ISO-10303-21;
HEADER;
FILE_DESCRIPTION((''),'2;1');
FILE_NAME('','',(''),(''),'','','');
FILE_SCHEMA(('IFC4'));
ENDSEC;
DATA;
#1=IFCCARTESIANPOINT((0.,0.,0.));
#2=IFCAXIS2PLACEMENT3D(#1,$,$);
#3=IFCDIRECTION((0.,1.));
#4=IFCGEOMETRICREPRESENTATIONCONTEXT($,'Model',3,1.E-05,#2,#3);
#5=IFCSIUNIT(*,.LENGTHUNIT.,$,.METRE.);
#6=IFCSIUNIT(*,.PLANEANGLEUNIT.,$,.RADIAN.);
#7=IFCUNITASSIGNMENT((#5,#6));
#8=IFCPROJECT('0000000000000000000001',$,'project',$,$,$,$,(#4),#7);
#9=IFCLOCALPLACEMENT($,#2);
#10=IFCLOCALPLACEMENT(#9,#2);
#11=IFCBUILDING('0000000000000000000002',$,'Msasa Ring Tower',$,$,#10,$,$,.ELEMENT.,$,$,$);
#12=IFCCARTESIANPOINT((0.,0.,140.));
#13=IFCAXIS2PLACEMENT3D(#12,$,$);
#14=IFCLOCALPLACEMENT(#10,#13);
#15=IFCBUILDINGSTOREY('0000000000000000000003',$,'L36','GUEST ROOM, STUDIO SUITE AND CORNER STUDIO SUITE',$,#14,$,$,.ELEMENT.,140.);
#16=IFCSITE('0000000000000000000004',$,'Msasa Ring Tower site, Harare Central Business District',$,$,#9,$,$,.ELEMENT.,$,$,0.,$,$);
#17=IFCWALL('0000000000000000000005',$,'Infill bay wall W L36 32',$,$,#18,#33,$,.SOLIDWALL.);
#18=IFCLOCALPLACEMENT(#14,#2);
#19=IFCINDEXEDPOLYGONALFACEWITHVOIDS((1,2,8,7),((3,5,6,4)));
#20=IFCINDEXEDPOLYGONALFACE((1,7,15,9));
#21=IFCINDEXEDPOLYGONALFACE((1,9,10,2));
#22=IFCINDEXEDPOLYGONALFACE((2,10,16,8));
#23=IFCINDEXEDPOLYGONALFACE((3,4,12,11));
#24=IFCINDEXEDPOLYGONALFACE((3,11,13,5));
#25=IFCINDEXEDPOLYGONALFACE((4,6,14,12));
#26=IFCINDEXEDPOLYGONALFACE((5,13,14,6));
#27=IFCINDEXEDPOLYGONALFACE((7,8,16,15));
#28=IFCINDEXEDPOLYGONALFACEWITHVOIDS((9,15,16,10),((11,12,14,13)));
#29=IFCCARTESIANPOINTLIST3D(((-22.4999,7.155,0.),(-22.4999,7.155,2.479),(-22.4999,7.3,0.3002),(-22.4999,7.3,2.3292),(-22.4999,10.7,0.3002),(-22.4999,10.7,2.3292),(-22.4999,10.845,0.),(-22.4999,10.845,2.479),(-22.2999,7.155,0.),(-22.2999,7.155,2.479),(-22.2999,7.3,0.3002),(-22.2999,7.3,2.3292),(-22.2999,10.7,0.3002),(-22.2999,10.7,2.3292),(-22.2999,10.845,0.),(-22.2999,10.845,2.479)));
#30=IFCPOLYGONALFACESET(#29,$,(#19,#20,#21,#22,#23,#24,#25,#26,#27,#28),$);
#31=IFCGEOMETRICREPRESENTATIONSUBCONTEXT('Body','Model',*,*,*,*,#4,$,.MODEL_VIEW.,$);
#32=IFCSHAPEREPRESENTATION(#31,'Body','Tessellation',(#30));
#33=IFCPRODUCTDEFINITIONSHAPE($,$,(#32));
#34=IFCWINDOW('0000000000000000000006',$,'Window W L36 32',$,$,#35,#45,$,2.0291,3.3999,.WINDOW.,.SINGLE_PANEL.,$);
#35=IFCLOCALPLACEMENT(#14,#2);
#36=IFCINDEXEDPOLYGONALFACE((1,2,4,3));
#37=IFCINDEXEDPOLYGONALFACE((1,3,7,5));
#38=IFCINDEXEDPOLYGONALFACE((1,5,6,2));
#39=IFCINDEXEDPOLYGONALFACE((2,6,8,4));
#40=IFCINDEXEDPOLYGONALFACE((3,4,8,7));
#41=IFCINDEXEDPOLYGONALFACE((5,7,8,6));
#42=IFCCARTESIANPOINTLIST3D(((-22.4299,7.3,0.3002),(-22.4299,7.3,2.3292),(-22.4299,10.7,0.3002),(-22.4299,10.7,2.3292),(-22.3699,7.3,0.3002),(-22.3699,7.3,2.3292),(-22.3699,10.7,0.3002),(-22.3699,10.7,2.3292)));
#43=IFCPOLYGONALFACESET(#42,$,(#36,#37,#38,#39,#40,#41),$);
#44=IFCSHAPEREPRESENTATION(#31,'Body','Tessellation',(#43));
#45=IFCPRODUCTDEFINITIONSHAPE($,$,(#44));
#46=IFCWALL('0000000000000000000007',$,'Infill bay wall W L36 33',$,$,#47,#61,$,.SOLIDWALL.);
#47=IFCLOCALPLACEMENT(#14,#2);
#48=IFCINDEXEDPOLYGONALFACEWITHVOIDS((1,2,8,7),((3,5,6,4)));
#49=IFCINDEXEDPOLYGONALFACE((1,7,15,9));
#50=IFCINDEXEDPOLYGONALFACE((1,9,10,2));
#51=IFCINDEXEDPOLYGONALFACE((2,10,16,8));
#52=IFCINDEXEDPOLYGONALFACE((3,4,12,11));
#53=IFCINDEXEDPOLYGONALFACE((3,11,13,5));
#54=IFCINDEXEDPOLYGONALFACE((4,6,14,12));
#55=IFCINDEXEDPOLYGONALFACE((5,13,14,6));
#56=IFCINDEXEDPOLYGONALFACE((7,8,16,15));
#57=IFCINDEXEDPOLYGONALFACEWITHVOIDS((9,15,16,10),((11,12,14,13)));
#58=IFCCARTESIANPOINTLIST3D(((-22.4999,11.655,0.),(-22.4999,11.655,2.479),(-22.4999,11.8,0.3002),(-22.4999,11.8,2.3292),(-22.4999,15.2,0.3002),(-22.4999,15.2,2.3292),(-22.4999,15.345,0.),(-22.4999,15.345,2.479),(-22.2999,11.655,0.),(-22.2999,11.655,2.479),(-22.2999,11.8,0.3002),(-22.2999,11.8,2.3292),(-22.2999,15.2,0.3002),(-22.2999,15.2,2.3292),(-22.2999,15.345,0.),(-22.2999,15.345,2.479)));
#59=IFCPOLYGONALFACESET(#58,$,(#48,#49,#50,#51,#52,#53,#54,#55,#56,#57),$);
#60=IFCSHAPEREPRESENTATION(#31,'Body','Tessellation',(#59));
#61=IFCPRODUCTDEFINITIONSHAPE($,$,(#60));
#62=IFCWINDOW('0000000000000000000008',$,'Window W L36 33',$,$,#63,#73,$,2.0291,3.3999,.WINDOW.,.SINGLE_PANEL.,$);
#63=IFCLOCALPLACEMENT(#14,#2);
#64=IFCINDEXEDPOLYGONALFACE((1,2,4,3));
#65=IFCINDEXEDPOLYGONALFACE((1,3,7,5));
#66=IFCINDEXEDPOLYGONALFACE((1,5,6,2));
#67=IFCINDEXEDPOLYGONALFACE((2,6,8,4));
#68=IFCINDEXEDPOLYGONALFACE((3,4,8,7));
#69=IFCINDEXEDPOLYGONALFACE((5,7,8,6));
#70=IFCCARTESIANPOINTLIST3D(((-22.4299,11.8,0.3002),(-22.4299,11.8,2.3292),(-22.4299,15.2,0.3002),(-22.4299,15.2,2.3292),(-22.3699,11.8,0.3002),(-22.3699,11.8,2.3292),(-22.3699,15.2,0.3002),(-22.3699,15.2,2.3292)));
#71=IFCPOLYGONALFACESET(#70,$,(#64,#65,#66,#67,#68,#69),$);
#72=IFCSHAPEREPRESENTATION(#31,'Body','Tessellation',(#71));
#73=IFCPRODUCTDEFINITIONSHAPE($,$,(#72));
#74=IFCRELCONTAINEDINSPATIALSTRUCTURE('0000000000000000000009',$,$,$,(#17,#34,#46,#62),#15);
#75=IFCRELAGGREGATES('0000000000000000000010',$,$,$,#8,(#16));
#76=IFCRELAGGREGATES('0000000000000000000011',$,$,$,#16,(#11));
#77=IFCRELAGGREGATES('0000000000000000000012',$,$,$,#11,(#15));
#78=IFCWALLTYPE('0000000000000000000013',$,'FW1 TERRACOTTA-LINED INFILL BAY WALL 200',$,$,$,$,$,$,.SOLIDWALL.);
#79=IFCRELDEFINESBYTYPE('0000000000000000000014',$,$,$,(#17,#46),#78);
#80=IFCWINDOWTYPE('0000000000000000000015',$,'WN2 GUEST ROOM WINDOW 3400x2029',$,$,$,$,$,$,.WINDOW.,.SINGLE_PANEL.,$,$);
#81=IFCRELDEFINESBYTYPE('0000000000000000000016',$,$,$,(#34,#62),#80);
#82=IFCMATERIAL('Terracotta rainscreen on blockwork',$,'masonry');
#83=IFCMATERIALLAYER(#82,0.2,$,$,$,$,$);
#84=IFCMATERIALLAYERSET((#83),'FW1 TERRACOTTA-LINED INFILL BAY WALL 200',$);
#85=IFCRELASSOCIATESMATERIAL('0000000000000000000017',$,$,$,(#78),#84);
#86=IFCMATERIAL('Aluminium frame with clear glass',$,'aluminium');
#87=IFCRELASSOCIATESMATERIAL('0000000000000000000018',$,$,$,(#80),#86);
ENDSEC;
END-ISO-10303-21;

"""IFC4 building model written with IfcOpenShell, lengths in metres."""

from ifc_helpers import new_model, si_unit, direction, frame, frame_2d, origin, place, context, subcontext, project, spatial, rectangle, extrude, material, layer, layer_set, type_object, element, fill, save


model = new_model("IFC4")

# Units and contexts
model_context = context("Model", 3, precision=1e-05, world=origin(), true_north=direction((0.0, 1.0)))
body_context = subcontext(model_context, "Body", "Model", "MODEL_VIEW")
ifc_project = project(units=[si_unit("LENGTHUNIT", "METRE"), si_unit("PLANEANGLEUNIT", "RADIAN")], contexts=[model_context])

# Site, building, storey
site_placement = place(None, origin())
site = spatial("IfcSite", under=ifc_project, at=site_placement, Name="Msasa Ring Tower site, Harare Central Business District", CompositionType="ELEMENT", RefElevation=0.0)
building_placement = place(site_placement, origin())
building = spatial("IfcBuilding", under=site, at=building_placement, Name="Msasa Ring Tower", CompositionType="ELEMENT")
storey_placement = place(building_placement, frame((0.0, 0.0, 140.0)))
storey = spatial("IfcBuildingStorey", under=building, at=storey_placement, Name="L36", Description="GUEST ROOM, STUDIO SUITE AND CORNER STUDIO SUITE", CompositionType="ELEMENT", Elevation=140.0)

# Walls, openings, windows
ifc_material_1 = material(Name="Terracotta rainscreen on blockwork", Category="masonry")
ifc_layer_1 = layer(ifc_material_1, 0.2)
ifc_layer_set_1 = layer_set([ifc_layer_1], Name="FW1 TERRACOTTA-LINED INFILL BAY WALL 200")
wall_type_1 = type_object("IfcWallType", Name="FW1 TERRACOTTA-LINED INFILL BAY WALL 200", PredefinedType="SOLIDWALL", material=ifc_layer_set_1)
wall_1_placement = place(storey_placement, frame((-22.3999, 7.155, 0.0), z_axis=(0.0, 0.0, 1.0), x_axis=(0.0, 1.0, 0.0)))
wall_1 = element("IfcWall", 1, at=wall_1_placement, inside=storey, type_object=wall_type_1, Name="Infill bay wall W L36 32", PredefinedType="SOLIDWALL", context=body_context, shape_type="SweptSolid", body=[
    extrude(rectangle(XDim=3.6899, YDim=0.2, at=frame_2d((1.845, 0.0))), origin(), (0.0, 0.0, 1.0), 2.479),
])
opening_1_placement = place(wall_1_placement, frame((0.145, 0.0, 0.3)))
opening_1 = element("IfcOpeningElement", 2, at=opening_1_placement, cuts=wall_1, PredefinedType="OPENING", context=body_context, shape_type="SweptSolid", body=[
    extrude(rectangle(XDim=3.3999, YDim=2.0291, at=frame_2d((1.7, 1.0146))), frame((0.0, 0.1099, 0.0), z_axis=(0.0, -1.0, 0.0), x_axis=(1.0, 0.0, 0.0)), (0.0, 0.0, 1.0), 0.22),
])
ifc_material_2 = material(Name="Aluminium frame with clear glass", Category="aluminium")
window_type = type_object("IfcWindowType", Name="WN2 GUEST ROOM WINDOW 3400x2029", PartitioningType="SINGLE_PANEL", PredefinedType="WINDOW", material=ifc_material_2)
window_1_placement = place(opening_1_placement, origin())
window_1 = element("IfcWindow", 3, at=window_1_placement, inside=storey, type_object=window_type, Name="Window W L36 32", OverallHeight=2.0291, OverallWidth=3.3999, PartitioningType="SINGLE_PANEL", PredefinedType="WINDOW", context=body_context, shape_type="SweptSolid", body=[
    extrude(rectangle(XDim=3.3999, YDim=2.0291, at=frame_2d((1.7, 1.0146))), frame((0.0, 0.03, 0.0), z_axis=(0.0, -1.0, 0.0), x_axis=(1.0, 0.0, 0.0)), (0.0, 0.0, 1.0), 0.0601),
])
fill(opening_1, window_1)
wall_2_placement = place(storey_placement, frame((-22.3999, 11.655, 0.0), z_axis=(0.0, 0.0, 1.0), x_axis=(0.0, 1.0, 0.0)))
wall_2 = element("IfcWall", 4, at=wall_2_placement, inside=storey, type_object=wall_type_1, Name="Infill bay wall W L36 33", PredefinedType="SOLIDWALL", context=body_context, shape_type="SweptSolid", body=[
    extrude(rectangle(XDim=3.6899, YDim=0.2, at=frame_2d((1.845, 0.0))), origin(), (0.0, 0.0, 1.0), 2.479),
])
opening_2_placement = place(wall_2_placement, frame((0.145, 0.0, 0.3)))
opening_2 = element("IfcOpeningElement", 5, at=opening_2_placement, cuts=wall_2, PredefinedType="OPENING", context=body_context, shape_type="SweptSolid", body=[
    extrude(rectangle(XDim=3.3999, YDim=2.0291, at=frame_2d((1.7, 1.0146))), frame((0.0, 0.1099, 0.0), z_axis=(0.0, -1.0, 0.0), x_axis=(1.0, 0.0, 0.0)), (0.0, 0.0, 1.0), 0.22),
])
window_2_placement = place(opening_2_placement, origin())
window_2 = element("IfcWindow", 6, at=window_2_placement, inside=storey, type_object=window_type, Name="Window W L36 33", OverallHeight=2.0291, OverallWidth=3.3999, PartitioningType="SINGLE_PANEL", PredefinedType="WINDOW", context=body_context, shape_type="SweptSolid", body=[
    extrude(rectangle(XDim=3.3999, YDim=2.0291, at=frame_2d((1.7, 1.0146))), frame((0.0, 0.03, 0.0), z_axis=(0.0, -1.0, 0.0), x_axis=(1.0, 0.0, 0.0)), (0.0, 0.0, 1.0), 0.0601),
])
fill(opening_2, window_2)

save(model, "model.ifc")
